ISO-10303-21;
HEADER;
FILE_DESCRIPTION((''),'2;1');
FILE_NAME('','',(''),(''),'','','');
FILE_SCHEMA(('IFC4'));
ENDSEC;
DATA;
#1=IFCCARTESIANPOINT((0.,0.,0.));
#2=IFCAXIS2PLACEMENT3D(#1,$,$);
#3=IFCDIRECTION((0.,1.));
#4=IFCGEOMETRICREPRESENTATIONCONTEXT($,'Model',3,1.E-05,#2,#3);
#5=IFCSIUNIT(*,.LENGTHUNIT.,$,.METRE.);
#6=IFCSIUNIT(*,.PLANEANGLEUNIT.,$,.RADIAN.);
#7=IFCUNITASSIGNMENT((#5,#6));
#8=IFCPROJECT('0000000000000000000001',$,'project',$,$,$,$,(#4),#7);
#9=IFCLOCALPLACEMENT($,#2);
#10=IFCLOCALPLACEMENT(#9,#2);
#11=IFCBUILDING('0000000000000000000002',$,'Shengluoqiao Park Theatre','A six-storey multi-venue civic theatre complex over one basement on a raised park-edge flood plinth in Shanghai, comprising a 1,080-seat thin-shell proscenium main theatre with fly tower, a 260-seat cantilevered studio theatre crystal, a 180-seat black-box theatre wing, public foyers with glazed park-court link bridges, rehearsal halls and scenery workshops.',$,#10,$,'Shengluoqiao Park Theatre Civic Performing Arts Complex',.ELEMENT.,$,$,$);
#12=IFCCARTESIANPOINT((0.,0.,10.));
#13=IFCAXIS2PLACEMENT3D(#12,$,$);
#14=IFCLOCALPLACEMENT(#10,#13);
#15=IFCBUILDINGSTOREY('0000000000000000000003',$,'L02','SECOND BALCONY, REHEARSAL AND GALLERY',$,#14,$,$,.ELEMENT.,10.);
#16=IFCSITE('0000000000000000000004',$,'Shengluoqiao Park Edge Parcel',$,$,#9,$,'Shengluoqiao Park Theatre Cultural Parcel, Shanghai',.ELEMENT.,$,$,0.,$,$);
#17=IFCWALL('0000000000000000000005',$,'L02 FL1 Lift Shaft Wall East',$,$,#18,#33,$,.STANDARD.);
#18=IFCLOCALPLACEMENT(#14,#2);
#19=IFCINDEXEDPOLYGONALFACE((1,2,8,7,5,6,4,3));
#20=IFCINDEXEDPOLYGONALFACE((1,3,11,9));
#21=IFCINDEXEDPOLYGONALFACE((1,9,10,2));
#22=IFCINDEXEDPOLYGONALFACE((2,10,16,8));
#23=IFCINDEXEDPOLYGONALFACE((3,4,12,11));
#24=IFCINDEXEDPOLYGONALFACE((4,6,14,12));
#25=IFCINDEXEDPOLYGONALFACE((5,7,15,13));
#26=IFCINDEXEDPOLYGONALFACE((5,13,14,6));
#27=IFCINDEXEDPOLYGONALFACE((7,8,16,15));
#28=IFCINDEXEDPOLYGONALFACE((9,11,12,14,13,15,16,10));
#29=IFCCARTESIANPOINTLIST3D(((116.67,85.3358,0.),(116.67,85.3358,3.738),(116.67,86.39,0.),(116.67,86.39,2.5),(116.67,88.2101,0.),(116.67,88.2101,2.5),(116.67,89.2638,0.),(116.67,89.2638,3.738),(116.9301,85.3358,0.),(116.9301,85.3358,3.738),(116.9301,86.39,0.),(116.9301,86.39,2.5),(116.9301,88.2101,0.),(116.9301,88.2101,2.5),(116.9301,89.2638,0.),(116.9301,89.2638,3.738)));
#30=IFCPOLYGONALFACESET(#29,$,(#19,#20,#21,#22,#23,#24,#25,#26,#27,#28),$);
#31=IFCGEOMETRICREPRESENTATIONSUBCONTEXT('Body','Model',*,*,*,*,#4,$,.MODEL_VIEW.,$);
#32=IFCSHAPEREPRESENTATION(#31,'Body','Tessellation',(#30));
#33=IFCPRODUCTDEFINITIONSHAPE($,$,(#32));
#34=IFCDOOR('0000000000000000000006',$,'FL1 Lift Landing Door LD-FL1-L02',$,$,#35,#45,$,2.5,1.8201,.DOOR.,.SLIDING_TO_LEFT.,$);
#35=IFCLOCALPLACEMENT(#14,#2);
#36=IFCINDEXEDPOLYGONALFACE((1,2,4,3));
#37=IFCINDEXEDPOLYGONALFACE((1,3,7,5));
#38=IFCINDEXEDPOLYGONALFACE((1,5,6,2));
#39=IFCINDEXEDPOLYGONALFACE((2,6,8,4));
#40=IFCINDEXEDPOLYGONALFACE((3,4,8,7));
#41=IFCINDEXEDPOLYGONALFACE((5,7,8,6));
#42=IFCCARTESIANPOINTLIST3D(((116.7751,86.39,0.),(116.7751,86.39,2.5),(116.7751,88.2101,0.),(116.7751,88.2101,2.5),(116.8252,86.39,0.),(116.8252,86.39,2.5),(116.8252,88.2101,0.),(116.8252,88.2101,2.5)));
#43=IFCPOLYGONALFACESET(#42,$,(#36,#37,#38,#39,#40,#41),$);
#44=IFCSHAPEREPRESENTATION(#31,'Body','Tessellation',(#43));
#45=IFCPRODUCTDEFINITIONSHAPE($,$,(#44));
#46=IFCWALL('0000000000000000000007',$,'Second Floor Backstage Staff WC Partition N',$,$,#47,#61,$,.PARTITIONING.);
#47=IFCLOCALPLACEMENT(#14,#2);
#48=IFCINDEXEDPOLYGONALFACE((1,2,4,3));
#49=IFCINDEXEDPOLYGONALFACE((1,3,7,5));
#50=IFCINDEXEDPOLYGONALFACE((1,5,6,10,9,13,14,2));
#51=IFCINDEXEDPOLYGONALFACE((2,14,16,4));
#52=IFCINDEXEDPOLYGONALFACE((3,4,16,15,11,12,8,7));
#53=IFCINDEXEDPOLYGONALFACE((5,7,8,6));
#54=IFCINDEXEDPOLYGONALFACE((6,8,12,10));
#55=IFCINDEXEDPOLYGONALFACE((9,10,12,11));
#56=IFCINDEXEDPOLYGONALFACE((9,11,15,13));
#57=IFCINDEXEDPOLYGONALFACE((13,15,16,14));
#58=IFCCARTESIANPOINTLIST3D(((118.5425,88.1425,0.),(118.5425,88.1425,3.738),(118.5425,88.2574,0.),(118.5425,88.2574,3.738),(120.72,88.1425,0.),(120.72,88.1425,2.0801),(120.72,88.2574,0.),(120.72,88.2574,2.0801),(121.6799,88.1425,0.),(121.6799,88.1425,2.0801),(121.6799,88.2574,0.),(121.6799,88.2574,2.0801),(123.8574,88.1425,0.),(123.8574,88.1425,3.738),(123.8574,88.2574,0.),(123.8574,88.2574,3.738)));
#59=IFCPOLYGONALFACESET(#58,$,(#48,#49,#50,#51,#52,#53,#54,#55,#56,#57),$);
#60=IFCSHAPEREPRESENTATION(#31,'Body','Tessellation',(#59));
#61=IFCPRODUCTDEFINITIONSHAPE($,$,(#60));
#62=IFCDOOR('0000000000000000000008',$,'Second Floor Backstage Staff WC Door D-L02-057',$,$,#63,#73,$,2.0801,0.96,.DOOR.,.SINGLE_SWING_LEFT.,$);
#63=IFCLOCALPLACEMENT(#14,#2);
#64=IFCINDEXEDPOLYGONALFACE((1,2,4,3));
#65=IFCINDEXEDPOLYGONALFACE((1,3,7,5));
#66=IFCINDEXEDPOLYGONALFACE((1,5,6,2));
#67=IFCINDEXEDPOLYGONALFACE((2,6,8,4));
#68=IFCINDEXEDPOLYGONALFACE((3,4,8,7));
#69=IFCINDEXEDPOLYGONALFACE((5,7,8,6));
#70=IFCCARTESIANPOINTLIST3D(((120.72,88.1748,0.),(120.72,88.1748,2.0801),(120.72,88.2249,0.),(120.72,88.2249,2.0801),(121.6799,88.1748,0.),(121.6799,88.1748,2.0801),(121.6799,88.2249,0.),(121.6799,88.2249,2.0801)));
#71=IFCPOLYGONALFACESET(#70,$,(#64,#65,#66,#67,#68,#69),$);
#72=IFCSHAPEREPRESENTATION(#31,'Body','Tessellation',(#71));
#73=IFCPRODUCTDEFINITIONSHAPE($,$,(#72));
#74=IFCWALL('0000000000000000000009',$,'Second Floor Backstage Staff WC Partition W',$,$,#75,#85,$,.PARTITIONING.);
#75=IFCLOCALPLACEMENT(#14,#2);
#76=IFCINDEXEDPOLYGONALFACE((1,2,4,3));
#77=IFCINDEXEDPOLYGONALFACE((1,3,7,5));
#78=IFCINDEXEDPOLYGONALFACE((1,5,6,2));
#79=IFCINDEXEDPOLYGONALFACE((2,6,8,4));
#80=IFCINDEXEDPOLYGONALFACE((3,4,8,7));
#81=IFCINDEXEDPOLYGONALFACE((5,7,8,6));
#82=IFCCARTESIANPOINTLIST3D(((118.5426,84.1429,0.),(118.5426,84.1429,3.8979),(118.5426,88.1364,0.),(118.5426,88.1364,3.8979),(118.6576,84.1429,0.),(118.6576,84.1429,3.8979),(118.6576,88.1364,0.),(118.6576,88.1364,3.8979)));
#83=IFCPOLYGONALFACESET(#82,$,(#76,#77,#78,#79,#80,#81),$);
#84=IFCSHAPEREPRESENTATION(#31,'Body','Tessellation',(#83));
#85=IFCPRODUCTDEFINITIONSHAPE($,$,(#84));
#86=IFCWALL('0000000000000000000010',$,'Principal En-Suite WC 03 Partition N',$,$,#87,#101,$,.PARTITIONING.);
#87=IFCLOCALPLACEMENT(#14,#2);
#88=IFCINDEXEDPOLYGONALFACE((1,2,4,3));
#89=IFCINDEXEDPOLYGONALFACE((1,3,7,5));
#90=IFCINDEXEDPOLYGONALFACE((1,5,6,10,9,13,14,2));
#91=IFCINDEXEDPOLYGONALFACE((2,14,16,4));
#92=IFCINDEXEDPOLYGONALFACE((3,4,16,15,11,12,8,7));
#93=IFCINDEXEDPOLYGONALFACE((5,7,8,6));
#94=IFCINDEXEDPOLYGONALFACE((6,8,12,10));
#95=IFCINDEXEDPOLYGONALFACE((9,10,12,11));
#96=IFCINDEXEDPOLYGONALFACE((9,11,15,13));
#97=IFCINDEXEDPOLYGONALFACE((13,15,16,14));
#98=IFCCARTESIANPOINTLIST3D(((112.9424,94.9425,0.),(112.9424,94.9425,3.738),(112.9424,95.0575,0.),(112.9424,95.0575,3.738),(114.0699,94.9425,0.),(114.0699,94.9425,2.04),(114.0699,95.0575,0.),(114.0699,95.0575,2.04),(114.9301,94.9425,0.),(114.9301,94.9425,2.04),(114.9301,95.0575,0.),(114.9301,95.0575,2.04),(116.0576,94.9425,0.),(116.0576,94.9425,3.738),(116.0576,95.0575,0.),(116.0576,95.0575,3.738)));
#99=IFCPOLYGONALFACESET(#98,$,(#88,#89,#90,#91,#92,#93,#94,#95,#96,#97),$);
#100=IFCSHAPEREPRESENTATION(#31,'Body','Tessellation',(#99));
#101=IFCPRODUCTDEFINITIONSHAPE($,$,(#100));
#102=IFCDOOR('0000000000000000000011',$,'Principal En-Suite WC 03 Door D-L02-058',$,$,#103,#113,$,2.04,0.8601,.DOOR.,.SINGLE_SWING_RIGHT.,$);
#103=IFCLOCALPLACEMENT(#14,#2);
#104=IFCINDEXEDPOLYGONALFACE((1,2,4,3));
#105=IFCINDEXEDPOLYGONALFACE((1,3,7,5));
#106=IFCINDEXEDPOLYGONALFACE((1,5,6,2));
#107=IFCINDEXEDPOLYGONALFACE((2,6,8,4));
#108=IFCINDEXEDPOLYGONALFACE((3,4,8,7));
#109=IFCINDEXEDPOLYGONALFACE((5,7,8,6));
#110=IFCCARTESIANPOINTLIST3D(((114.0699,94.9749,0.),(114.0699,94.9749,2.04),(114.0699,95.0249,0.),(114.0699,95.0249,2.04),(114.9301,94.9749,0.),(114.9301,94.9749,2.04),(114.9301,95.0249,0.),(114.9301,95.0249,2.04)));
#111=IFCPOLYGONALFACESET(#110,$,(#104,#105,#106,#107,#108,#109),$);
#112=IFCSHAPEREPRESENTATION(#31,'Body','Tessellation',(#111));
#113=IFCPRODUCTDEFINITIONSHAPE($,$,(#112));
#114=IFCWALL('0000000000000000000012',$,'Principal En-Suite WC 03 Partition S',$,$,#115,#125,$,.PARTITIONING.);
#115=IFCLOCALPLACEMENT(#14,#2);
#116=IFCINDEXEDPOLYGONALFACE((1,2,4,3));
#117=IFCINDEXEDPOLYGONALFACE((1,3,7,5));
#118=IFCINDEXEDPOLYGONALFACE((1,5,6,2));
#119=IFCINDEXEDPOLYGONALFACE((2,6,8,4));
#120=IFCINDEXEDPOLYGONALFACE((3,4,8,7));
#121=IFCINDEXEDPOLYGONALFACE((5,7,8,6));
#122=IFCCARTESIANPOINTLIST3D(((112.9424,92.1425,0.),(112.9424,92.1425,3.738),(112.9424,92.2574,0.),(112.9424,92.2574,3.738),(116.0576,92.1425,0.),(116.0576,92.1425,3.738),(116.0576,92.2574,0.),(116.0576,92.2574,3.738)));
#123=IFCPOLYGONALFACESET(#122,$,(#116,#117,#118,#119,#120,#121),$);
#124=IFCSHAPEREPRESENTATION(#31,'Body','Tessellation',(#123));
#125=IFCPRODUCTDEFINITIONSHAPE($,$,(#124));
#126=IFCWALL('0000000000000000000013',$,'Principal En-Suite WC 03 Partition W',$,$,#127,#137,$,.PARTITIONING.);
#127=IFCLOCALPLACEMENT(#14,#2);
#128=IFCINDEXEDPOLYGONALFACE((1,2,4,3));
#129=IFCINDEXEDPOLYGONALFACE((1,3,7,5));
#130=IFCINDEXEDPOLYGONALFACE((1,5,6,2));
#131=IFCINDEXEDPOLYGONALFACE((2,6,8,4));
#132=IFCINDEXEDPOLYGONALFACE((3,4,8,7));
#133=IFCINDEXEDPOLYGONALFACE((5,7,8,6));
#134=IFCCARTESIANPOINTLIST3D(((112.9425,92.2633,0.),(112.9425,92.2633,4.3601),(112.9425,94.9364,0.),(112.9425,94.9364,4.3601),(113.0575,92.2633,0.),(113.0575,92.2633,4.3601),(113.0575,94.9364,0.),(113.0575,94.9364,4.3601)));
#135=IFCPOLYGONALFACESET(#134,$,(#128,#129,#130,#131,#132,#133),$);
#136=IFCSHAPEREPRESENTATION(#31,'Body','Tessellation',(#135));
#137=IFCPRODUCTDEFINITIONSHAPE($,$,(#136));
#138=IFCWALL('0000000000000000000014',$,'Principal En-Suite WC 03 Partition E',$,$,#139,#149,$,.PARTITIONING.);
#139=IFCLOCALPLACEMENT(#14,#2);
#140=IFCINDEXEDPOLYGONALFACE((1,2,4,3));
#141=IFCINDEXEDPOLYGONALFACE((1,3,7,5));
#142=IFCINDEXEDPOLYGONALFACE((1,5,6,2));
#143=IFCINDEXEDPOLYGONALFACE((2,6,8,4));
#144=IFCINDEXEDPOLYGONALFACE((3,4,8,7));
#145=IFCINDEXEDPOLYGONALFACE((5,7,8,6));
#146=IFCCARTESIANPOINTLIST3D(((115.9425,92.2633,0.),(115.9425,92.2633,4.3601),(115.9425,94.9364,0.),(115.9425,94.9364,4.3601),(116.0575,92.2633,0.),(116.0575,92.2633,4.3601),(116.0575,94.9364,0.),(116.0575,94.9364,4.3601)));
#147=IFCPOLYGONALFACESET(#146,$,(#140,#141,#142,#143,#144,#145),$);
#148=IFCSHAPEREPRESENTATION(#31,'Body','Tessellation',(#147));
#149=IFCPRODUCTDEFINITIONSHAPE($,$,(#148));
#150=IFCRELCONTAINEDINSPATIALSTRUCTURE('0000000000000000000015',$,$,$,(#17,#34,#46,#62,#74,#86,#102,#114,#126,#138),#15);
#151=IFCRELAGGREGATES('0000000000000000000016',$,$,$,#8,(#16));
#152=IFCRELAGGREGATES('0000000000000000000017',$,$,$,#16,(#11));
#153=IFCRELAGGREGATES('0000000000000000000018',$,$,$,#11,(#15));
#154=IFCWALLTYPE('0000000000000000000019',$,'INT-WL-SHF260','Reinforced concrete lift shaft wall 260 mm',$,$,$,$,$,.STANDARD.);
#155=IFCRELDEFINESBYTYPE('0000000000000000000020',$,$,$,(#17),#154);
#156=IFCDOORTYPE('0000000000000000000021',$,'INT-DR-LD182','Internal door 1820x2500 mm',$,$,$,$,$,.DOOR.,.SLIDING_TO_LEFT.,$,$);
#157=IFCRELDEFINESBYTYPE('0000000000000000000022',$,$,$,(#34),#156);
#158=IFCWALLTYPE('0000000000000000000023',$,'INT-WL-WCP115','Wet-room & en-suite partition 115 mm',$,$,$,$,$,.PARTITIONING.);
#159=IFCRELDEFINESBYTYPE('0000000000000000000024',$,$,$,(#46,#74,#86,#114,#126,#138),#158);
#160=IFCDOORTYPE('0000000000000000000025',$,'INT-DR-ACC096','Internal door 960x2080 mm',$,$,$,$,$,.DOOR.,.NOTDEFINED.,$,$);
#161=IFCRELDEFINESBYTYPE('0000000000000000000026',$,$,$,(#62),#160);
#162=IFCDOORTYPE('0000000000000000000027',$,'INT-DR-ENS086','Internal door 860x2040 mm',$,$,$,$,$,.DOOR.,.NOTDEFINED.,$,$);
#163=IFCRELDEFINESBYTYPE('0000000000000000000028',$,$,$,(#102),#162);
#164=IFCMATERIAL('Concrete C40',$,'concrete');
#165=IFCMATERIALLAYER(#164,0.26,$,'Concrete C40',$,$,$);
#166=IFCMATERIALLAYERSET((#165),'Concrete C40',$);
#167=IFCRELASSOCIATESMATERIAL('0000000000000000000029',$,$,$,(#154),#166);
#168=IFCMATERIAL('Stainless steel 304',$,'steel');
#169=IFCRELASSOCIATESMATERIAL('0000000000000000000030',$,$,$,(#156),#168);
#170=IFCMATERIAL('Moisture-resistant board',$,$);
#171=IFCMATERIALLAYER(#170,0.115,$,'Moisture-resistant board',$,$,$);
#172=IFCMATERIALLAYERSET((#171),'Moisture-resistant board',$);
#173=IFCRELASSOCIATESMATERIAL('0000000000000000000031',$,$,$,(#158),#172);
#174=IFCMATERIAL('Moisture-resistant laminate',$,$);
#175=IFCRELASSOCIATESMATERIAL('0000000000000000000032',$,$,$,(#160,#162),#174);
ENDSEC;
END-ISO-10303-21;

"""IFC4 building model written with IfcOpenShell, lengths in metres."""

from ifc_helpers import new_model, si_unit, direction, frame, frame_2d, origin, place, context, subcontext, project, spatial, rectangle, extrude, material, layer, layer_set, type_object, element, fill, save


model = new_model("IFC4")

# Units and contexts
model_context = context("Model", 3, precision=1e-05, world=origin(), true_north=direction((0.0, 1.0)))
body_context = subcontext(model_context, "Body", "Model", "MODEL_VIEW")
ifc_project = project(units=[si_unit("LENGTHUNIT", "METRE"), si_unit("PLANEANGLEUNIT", "RADIAN")], contexts=[model_context])

# Site, building, storey
site_placement = place(None, origin())
site = spatial("IfcSite", under=ifc_project, at=site_placement, Name="Shengluoqiao Park Edge Parcel", LongName="Shengluoqiao Park Theatre Cultural Parcel, Shanghai", CompositionType="ELEMENT", RefElevation=0.0)
building_placement = place(site_placement, origin())
building = spatial("IfcBuilding", under=site, at=building_placement, Name="Shengluoqiao Park Theatre", Description="A six-storey multi-venue civic theatre complex over one basement on a raised park-edge flood plinth in Shanghai, comprising a 1,080-seat thin-shell proscenium main theatre with fly tower, a 260-seat cantilevered studio theatre crystal, a 180-seat black-box theatre wing, public foyers with glazed park-court link bridges, rehearsal halls and scenery workshops.", LongName="Shengluoqiao Park Theatre Civic Performing Arts Complex", CompositionType="ELEMENT")
storey_placement = place(building_placement, frame((0.0, 0.0, 10.0)))
storey = spatial("IfcBuildingStorey", under=building, at=storey_placement, Name="L02", Description="SECOND BALCONY, REHEARSAL AND GALLERY", CompositionType="ELEMENT", Elevation=10.0)

# Shared definitions
ifc_material_1 = material(Name="Concrete C40", Category="concrete")

# Shared definitions
ifc_layer_1 = layer(ifc_material_1, 0.26, Name="Concrete C40")
ifc_layer_set_1 = layer_set([ifc_layer_1], Name="Concrete C40")
wall_type_1 = type_object("IfcWallType", Name="INT-WL-SHF260", Description="Reinforced concrete lift shaft wall 260 mm", PredefinedType="STANDARD", material=ifc_layer_set_1)

# Walls, openings, doors
wall_1_placement = place(storey_placement, frame((116.8, 85.3359, 0.0), z_axis=(0.0, 0.0, 1.0), x_axis=(0.0, 1.0, 0.0)))
wall_1 = element("IfcWall", 1, at=wall_1_placement, inside=storey, type_object=wall_type_1, Name="L02 FL1 Lift Shaft Wall East", PredefinedType="STANDARD", context=body_context, shape_type="SweptSolid", body=[
    extrude(rectangle(XDim=3.928, YDim=0.26, at=frame_2d((1.9639, 0.0))), origin(), (0.0, 0.0, 1.0), 3.738),
])
opening_1_placement = place(wall_1_placement, frame((1.054, 0.0, 0.0)))
opening_1 = element("IfcOpeningElement", 2, at=opening_1_placement, cuts=wall_1, PredefinedType="OPENING", context=body_context, shape_type="SweptSolid", body=[
    extrude(rectangle(XDim=1.8201, YDim=2.5, at=frame_2d((0.9102, 1.25))), frame((0.0, 0.1399, 0.0), z_axis=(0.0, -1.0, 0.0), x_axis=(1.0, 0.0, 0.0)), (0.0, 0.0, 1.0), 0.28),
])
ifc_material_2 = material(Name="Stainless steel 304", Category="steel")
door_type_1 = type_object("IfcDoorType", Name="INT-DR-LD182", Description="Internal door 1820x2500 mm", OperationType="SLIDING_TO_LEFT", PredefinedType="DOOR", material=ifc_material_2)
door_1_placement = place(opening_1_placement, origin())
door_1 = element("IfcDoor", 3, at=door_1_placement, inside=storey, type_object=door_type_1, Name="FL1 Lift Landing Door LD-FL1-L02", OperationType="SLIDING_TO_LEFT", OverallHeight=2.5, OverallWidth=1.8201, PredefinedType="DOOR", context=body_context, shape_type="SweptSolid", body=[
    extrude(rectangle(XDim=1.8201, YDim=2.5, at=frame_2d((0.9102, 1.25))), frame((0.0, 0.0249, 0.0), z_axis=(0.0, -1.0, 0.0), x_axis=(1.0, 0.0, 0.0)), (0.0, 0.0, 1.0), 0.05),
])
fill(opening_1, door_1)
ifc_material_3 = material(Name="Moisture-resistant board")
ifc_layer_2 = layer(ifc_material_3, 0.115, Name="Moisture-resistant board")
ifc_layer_set_2 = layer_set([ifc_layer_2], Name="Moisture-resistant board")
wall_type_2 = type_object("IfcWallType", Name="INT-WL-WCP115", Description="Wet-room & en-suite partition 115 mm", PredefinedType="PARTITIONING", material=ifc_layer_set_2)
wall_2_placement = place(storey_placement, frame((118.5425, 88.2, 0.0), z_axis=(0.0, 0.0, 1.0), x_axis=(1.0, 0.0, 0.0)))
wall_2 = element("IfcWall", 4, at=wall_2_placement, inside=storey, type_object=wall_type_2, Name="Second Floor Backstage Staff WC Partition N", PredefinedType="PARTITIONING", context=body_context, shape_type="SweptSolid", body=[
    extrude(rectangle(XDim=5.3149, YDim=0.115, at=frame_2d((2.6575, 0.0))), origin(), (0.0, 0.0, 1.0), 3.738),
])
opening_2_placement = place(wall_2_placement, frame((2.1775, 0.0, 0.0)))
opening_2 = element("IfcOpeningElement", 5, at=opening_2_placement, cuts=wall_2, PredefinedType="OPENING", context=body_context, shape_type="SweptSolid", body=[
    extrude(rectangle(XDim=0.96, YDim=2.0801, at=frame_2d((0.48, 1.04))), frame((0.0, 0.0674, 0.0), z_axis=(0.0, -1.0, 0.0), x_axis=(1.0, 0.0, 0.0)), (0.0, 0.0, 1.0), 0.135),
])
ifc_material_4 = material(Name="Moisture-resistant laminate")
door_type_2 = type_object("IfcDoorType", Name="INT-DR-ACC096", Description="Internal door 960x2080 mm", OperationType="NOTDEFINED", PredefinedType="DOOR", material=ifc_material_4)
door_2_placement = place(opening_2_placement, origin())
door_2 = element("IfcDoor", 6, at=door_2_placement, inside=storey, type_object=door_type_2, Name="Second Floor Backstage Staff WC Door D-L02-057", OperationType="SINGLE_SWING_LEFT", OverallHeight=2.0801, OverallWidth=0.96, PredefinedType="DOOR", context=body_context, shape_type="SweptSolid", body=[
    extrude(rectangle(XDim=0.96, YDim=2.0801, at=frame_2d((0.48, 1.04))), frame((0.0, 0.0249, 0.0), z_axis=(0.0, -1.0, 0.0), x_axis=(1.0, 0.0, 0.0)), (0.0, 0.0, 1.0), 0.05),
])
fill(opening_2, door_2)

# Wall
wall_3_placement = place(storey_placement, frame((118.6001, 84.1431, 0.0), z_axis=(0.0, 0.0, 1.0), x_axis=(0.0, 1.0, 0.0)))
element("IfcWall", 7, at=wall_3_placement, inside=storey, type_object=wall_type_2, Name="Second Floor Backstage Staff WC Partition W", PredefinedType="PARTITIONING", context=body_context, shape_type="SweptSolid", body=[
    extrude(rectangle(XDim=3.9934, YDim=0.115, at=frame_2d((1.9966, 0.0))), origin(), (0.0, 0.0, 1.0), 3.8979),
])

# Wall, opening, door
wall_4_placement = place(storey_placement, frame((112.9424, 95.0, 0.0), z_axis=(0.0, 0.0, 1.0), x_axis=(1.0, 0.0, 0.0)))
wall_4 = element("IfcWall", 8, at=wall_4_placement, inside=storey, type_object=wall_type_2, Name="Principal En-Suite WC 03 Partition N", PredefinedType="PARTITIONING", context=body_context, shape_type="SweptSolid", body=[
    extrude(rectangle(XDim=3.1152, YDim=0.115, at=frame_2d((1.5576, 0.0))), origin(), (0.0, 0.0, 1.0), 3.738),
])
opening_3_placement = place(wall_4_placement, frame((1.1274, 0.0, 0.0)))
opening_3 = element("IfcOpeningElement", 9, at=opening_3_placement, cuts=wall_4, PredefinedType="OPENING", context=body_context, shape_type="SweptSolid", body=[
    extrude(rectangle(XDim=0.8601, YDim=2.04, at=frame_2d((0.4302, 1.02))), frame((0.0, 0.0674, 0.0), z_axis=(0.0, -1.0, 0.0), x_axis=(1.0, 0.0, 0.0)), (0.0, 0.0, 1.0), 0.135),
])
door_type_3 = type_object("IfcDoorType", Name="INT-DR-ENS086", Description="Internal door 860x2040 mm", OperationType="NOTDEFINED", PredefinedType="DOOR", material=ifc_material_4)
door_3_placement = place(opening_3_placement, origin())
door_3 = element("IfcDoor", 10, at=door_3_placement, inside=storey, type_object=door_type_3, Name="Principal En-Suite WC 03 Door D-L02-058", OperationType="SINGLE_SWING_RIGHT", OverallHeight=2.04, OverallWidth=0.8601, PredefinedType="DOOR", context=body_context, shape_type="SweptSolid", body=[
    extrude(rectangle(XDim=0.8601, YDim=2.04, at=frame_2d((0.4302, 1.02))), frame((0.0, 0.0249, 0.0), z_axis=(0.0, -1.0, 0.0), x_axis=(1.0, 0.0, 0.0)), (0.0, 0.0, 1.0), 0.05),
])
fill(opening_3, door_3)

# Walls
wall_5_placement = place(storey_placement, frame((112.9424, 92.2, 0.0), z_axis=(0.0, 0.0, 1.0), x_axis=(1.0, 0.0, 0.0)))
element("IfcWall", 11, at=wall_5_placement, inside=storey, type_object=wall_type_2, Name="Principal En-Suite WC 03 Partition S", PredefinedType="PARTITIONING", context=body_context, shape_type="SweptSolid", body=[
    extrude(rectangle(XDim=3.1152, YDim=0.115, at=frame_2d((1.5576, 0.0))), origin(), (0.0, 0.0, 1.0), 3.738),
])
for number, where, z_axis, x_axis, name in (
    (12, (113.0, 92.2634, 0.0), (0.0, 0.0, 1.0), (0.0, 1.0, 0.0), "Principal En-Suite WC 03 Partition W"),
    (13, (116.0, 92.2634, 0.0), (0.0, 0.0, 1.0), (0.0, 1.0, 0.0), "Principal En-Suite WC 03 Partition E"),
):
    element("IfcWall", number, at=place(storey_placement, frame(where, z_axis=z_axis, x_axis=x_axis)), inside=storey, type_object=wall_type_2, Name=name, PredefinedType="PARTITIONING", context=body_context, shape_type="SweptSolid", body=[
        extrude(rectangle(XDim=2.6731, YDim=0.115, at=frame_2d((1.3364, 0.0))), origin(), (0.0, 0.0, 1.0), 4.3601),
    ])

save(model, "model.ifc")
